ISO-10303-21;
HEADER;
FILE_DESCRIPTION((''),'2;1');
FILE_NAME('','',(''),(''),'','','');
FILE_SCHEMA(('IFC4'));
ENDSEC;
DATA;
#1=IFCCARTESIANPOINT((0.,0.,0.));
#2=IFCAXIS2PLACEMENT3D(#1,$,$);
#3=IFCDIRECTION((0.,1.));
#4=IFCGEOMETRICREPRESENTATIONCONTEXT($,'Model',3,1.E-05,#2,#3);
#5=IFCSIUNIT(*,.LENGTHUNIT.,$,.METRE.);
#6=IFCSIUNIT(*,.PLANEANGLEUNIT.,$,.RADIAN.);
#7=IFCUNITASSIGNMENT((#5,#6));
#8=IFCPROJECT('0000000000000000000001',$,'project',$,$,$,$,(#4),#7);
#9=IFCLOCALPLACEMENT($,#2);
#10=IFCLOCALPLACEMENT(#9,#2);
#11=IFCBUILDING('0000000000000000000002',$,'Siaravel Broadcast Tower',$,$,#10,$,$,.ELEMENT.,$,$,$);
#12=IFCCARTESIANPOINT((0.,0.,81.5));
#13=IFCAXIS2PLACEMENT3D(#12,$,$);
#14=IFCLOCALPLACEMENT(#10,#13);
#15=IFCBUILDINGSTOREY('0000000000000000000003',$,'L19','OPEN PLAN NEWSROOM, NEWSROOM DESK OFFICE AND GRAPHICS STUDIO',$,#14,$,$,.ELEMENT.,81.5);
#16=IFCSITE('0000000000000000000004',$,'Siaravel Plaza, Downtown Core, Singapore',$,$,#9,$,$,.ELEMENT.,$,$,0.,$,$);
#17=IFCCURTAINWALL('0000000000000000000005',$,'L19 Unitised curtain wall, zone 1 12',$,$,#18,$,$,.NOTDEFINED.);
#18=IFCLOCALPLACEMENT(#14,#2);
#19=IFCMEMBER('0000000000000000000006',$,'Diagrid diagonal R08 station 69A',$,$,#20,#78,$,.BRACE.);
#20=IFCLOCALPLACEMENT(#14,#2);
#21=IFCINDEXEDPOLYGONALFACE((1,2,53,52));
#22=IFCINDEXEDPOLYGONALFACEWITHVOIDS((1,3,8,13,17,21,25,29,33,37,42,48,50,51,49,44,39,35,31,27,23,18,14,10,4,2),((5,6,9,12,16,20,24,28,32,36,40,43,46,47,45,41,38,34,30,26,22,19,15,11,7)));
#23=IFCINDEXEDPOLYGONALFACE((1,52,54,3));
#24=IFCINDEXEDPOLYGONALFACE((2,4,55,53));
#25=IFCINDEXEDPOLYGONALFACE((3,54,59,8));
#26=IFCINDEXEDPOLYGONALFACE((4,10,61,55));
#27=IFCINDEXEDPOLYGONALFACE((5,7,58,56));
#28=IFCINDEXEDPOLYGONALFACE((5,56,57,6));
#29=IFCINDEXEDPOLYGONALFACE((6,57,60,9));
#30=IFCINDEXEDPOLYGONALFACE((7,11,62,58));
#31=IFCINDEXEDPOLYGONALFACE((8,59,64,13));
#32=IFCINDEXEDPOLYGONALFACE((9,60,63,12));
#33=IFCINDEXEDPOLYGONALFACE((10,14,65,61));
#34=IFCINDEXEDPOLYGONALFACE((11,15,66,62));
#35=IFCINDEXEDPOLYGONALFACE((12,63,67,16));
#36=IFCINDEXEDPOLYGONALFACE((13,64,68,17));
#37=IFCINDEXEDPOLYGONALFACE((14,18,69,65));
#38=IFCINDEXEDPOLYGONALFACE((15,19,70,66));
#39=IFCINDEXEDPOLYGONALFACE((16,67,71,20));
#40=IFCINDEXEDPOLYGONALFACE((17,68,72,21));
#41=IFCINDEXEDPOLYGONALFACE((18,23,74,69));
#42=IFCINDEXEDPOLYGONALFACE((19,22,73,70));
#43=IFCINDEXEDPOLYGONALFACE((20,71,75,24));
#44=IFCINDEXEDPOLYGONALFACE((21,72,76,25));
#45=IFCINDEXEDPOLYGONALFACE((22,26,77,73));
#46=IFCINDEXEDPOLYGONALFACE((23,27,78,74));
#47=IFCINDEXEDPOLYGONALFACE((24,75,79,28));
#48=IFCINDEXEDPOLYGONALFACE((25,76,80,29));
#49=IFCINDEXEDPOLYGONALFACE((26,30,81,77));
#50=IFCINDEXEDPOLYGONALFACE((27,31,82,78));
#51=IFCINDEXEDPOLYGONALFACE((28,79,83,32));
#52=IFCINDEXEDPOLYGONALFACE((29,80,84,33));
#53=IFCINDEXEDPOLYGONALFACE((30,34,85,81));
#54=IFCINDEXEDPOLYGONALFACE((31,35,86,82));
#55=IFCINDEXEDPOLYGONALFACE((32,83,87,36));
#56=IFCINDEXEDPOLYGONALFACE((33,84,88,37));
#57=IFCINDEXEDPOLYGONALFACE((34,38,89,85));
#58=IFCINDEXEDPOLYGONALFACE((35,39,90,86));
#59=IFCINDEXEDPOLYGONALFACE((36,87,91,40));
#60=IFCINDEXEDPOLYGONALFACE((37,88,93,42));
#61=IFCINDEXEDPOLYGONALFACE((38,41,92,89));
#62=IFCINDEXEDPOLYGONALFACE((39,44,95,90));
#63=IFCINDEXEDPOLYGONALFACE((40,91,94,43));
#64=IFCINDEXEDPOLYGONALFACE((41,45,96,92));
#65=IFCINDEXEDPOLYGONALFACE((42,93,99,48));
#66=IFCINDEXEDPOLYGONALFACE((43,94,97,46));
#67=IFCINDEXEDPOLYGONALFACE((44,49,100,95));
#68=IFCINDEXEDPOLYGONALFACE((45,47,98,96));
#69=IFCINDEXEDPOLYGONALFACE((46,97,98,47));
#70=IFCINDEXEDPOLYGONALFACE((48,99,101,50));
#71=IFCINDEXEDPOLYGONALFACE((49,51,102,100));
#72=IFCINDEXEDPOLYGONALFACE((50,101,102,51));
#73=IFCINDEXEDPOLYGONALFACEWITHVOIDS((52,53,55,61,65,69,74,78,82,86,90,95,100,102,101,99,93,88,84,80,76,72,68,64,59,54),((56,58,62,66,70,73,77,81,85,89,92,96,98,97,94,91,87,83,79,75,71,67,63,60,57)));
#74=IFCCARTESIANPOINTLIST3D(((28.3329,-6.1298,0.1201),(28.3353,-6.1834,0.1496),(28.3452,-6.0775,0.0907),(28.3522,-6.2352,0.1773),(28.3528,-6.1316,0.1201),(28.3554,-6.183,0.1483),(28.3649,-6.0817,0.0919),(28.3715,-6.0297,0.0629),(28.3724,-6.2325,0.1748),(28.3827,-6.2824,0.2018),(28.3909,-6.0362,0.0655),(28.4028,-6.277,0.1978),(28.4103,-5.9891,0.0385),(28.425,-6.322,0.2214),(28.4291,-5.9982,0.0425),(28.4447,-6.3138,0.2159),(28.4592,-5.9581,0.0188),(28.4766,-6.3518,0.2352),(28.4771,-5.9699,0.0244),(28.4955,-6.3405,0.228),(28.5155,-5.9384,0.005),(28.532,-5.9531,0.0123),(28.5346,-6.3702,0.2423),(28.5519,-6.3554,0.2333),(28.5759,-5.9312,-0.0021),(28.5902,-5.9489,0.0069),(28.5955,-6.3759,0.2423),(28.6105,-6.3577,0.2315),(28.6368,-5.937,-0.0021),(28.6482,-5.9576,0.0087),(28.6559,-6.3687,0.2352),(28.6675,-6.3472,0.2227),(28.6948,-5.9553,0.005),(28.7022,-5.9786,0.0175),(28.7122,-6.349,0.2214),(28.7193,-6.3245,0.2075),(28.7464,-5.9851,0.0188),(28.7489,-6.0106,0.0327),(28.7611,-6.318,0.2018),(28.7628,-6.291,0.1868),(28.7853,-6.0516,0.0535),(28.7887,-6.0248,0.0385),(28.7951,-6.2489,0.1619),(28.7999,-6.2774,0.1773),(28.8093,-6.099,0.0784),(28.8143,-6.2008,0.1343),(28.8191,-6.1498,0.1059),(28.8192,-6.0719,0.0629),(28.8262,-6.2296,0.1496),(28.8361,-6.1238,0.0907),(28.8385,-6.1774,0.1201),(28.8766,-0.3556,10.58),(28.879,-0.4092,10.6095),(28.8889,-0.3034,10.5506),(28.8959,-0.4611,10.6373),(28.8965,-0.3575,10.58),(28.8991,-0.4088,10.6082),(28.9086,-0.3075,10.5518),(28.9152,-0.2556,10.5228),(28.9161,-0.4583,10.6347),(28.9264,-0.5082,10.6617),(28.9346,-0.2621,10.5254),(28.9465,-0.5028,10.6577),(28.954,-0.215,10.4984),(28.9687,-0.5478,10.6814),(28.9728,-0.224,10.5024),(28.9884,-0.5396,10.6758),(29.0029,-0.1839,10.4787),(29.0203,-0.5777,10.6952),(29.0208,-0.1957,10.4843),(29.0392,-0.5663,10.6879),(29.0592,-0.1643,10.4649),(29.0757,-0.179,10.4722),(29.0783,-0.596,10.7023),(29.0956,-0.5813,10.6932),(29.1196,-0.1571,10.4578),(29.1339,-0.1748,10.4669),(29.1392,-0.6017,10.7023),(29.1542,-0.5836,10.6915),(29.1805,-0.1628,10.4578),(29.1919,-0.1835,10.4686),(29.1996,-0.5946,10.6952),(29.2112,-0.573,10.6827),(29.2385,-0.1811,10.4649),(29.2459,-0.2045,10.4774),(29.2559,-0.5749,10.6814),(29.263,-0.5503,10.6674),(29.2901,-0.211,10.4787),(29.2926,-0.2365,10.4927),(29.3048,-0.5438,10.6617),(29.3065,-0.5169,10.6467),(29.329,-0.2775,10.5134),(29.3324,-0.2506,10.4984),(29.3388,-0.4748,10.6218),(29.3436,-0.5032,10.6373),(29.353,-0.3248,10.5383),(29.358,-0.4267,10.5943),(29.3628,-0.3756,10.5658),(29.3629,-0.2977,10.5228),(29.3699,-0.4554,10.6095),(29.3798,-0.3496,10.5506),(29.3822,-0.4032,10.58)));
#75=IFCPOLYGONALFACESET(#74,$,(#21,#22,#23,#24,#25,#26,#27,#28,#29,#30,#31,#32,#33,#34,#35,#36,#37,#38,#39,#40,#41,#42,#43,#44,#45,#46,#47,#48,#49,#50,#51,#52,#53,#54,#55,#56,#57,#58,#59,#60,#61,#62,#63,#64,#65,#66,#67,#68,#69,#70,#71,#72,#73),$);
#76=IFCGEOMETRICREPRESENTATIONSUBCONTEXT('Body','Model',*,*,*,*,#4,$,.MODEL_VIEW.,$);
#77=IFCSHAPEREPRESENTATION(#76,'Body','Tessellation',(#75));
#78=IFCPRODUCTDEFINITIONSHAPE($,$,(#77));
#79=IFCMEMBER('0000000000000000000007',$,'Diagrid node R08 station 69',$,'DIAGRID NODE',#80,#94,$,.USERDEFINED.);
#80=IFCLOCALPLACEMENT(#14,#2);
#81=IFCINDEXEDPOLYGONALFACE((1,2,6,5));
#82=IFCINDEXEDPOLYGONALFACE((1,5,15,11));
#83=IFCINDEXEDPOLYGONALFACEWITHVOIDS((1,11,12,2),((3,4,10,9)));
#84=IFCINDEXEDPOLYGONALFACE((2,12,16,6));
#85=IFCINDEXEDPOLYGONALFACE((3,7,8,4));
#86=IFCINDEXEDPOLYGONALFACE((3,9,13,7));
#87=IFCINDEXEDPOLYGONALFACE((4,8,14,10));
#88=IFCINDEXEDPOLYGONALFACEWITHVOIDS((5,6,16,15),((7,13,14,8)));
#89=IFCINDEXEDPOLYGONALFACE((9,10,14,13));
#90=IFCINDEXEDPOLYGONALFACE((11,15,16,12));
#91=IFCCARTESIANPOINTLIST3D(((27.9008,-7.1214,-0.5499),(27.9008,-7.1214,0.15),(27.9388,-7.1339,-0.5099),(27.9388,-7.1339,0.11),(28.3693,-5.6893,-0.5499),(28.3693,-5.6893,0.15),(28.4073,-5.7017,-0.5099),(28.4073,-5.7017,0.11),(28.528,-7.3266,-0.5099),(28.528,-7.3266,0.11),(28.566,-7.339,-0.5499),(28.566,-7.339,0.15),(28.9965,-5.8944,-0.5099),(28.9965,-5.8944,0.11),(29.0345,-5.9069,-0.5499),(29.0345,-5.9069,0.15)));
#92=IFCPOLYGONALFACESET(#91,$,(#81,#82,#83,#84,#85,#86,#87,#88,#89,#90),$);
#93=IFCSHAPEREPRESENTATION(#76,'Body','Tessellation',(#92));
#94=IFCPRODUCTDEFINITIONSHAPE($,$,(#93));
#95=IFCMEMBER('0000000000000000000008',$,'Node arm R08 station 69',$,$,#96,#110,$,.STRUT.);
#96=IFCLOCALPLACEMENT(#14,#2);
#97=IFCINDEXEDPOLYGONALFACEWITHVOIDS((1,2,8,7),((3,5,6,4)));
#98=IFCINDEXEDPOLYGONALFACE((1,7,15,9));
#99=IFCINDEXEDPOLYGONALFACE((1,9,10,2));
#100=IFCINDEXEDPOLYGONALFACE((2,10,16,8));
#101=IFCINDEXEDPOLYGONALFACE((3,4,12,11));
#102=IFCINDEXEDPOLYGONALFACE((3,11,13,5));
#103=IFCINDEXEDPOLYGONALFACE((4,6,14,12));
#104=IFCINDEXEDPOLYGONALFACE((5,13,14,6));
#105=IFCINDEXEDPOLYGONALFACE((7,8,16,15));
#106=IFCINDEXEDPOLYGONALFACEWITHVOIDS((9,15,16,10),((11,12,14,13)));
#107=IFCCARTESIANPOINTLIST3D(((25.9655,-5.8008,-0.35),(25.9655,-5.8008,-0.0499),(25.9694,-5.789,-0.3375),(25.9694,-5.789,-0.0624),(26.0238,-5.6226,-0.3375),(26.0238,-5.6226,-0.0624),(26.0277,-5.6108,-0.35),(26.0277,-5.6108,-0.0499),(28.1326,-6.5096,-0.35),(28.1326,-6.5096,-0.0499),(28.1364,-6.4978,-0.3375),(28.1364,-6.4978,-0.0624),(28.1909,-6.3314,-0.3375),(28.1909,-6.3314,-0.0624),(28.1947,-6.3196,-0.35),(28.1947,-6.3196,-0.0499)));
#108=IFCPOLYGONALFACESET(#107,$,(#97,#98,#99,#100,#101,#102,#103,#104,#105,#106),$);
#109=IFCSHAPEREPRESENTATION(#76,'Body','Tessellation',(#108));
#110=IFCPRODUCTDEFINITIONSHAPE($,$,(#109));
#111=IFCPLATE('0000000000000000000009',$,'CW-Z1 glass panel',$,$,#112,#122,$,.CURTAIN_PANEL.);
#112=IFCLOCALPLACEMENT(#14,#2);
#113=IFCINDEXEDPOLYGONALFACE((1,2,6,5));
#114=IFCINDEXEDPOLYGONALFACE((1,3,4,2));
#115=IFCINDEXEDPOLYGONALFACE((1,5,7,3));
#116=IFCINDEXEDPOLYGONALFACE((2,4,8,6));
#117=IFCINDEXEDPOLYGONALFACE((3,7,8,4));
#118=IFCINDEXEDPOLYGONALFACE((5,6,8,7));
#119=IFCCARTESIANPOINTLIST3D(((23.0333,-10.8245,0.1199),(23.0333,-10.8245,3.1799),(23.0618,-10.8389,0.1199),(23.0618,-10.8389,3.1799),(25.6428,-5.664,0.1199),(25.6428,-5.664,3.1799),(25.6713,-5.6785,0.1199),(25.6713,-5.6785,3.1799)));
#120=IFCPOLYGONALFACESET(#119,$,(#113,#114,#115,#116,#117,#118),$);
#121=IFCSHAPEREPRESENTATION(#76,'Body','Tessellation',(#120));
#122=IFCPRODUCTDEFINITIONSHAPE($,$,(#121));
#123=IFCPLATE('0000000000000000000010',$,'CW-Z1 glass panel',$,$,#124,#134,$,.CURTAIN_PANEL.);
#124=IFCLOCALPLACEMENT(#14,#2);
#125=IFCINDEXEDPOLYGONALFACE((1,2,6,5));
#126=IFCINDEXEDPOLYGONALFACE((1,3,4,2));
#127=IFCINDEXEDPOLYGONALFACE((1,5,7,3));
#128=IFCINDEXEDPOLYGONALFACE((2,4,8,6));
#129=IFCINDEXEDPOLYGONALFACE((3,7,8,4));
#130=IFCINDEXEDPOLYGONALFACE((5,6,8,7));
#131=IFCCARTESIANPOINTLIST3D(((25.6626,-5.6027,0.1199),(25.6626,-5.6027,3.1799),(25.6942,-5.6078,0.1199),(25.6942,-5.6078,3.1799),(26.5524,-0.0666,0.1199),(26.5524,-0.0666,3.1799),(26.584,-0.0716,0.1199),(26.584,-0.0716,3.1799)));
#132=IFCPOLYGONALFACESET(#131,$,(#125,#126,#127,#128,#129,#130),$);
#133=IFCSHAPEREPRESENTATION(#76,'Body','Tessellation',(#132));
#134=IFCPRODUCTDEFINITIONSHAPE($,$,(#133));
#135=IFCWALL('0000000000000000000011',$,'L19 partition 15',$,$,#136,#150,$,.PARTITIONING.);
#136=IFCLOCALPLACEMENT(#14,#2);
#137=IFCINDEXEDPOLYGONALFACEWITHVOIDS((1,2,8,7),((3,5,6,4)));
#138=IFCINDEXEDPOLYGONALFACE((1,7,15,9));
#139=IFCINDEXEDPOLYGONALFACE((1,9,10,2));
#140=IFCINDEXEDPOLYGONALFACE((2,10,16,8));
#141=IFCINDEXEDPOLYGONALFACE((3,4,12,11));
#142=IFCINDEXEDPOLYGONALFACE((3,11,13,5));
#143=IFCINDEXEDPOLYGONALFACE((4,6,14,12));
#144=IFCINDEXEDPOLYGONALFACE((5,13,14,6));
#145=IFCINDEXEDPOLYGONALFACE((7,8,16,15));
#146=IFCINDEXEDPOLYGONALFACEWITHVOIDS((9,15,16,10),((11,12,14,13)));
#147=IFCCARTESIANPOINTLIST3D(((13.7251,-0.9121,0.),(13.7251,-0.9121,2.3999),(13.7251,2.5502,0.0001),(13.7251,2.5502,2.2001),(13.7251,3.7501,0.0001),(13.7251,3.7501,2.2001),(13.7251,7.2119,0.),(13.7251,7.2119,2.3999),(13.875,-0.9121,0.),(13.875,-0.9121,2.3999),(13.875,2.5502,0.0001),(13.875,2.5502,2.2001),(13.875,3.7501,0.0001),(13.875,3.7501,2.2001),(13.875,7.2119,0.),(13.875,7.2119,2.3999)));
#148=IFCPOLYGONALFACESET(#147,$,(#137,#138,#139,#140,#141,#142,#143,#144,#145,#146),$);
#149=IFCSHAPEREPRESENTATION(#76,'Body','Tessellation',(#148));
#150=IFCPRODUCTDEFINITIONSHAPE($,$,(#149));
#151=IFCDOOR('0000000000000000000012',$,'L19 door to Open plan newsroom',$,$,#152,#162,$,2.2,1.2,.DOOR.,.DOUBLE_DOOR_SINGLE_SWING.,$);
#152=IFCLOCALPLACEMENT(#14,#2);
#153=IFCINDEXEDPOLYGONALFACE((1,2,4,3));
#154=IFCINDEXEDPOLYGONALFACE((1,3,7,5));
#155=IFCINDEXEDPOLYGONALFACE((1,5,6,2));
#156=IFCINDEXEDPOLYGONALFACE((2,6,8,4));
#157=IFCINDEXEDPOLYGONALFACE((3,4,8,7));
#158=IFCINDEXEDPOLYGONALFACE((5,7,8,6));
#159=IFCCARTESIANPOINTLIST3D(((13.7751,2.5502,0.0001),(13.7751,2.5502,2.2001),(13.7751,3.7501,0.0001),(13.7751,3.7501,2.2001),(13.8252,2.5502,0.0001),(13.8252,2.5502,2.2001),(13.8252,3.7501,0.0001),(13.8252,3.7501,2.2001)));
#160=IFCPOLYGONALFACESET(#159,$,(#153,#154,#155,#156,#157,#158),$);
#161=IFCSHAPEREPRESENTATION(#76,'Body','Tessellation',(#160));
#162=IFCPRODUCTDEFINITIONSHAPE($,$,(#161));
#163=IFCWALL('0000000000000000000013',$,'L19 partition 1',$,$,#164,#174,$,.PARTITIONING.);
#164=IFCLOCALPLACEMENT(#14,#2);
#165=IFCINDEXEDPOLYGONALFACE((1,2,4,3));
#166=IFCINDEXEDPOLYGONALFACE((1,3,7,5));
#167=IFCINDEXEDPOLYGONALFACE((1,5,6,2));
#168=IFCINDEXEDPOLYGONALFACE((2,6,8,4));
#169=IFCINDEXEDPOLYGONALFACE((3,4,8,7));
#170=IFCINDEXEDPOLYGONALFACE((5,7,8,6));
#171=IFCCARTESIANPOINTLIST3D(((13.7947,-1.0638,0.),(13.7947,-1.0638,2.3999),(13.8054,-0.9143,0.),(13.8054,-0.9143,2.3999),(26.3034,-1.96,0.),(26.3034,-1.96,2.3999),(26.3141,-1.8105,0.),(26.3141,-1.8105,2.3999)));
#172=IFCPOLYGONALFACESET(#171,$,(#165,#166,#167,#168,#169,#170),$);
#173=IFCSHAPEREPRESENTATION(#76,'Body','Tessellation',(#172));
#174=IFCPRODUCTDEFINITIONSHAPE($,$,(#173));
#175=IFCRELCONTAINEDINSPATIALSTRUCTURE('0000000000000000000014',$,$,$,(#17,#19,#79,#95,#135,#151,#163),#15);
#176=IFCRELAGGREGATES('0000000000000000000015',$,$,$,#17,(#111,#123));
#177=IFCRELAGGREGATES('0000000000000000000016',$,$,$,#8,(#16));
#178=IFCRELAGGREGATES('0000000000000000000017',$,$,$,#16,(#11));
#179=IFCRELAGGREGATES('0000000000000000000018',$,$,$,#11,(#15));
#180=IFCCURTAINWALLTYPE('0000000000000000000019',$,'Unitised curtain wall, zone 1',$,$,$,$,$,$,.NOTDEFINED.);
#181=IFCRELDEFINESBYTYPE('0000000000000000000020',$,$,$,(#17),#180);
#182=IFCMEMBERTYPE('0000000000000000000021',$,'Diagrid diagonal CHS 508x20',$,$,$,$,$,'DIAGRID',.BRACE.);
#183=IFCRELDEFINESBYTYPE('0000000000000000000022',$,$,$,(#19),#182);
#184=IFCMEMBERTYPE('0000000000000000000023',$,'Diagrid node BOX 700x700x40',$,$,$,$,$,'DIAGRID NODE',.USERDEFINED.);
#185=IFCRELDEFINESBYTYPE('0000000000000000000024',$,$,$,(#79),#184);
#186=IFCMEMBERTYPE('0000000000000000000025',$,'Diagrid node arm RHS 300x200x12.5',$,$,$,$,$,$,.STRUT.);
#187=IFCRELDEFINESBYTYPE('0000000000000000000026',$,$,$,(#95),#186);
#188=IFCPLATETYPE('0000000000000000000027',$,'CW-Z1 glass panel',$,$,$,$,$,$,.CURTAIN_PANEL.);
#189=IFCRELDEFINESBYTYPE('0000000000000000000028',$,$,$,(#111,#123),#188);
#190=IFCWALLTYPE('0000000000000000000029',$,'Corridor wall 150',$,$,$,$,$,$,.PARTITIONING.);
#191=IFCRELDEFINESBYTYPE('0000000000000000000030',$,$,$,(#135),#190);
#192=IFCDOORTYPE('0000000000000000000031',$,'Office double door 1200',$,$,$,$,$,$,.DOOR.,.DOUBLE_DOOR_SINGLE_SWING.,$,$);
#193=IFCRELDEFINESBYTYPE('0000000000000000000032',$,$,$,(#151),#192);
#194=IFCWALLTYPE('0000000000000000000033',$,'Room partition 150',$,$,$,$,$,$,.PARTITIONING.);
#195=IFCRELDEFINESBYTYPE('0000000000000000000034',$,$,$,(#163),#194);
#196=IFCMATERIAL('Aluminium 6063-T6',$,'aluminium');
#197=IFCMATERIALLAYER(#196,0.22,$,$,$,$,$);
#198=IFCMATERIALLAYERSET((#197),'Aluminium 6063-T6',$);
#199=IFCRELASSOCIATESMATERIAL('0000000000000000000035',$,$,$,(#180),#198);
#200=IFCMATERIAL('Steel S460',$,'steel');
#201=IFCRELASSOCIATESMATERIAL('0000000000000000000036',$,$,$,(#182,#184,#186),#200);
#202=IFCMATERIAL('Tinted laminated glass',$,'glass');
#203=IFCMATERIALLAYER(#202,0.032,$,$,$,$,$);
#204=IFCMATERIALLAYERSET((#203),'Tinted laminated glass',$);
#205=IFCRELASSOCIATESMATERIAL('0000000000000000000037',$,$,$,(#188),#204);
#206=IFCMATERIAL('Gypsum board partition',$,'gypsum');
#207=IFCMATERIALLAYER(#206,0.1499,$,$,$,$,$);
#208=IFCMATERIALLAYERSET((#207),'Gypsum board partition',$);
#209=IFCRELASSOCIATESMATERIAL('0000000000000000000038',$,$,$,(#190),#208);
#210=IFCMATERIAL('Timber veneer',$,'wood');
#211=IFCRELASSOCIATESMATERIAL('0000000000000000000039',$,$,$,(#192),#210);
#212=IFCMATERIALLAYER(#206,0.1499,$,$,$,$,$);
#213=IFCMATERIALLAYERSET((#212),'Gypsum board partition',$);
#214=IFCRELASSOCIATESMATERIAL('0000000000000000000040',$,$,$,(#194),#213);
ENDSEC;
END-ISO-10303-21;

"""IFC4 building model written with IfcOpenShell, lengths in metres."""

from ifc_helpers import new_model, si_unit, direction, frame, frame_2d, origin, origin_2d, place, context, subcontext, project, spatial, rectangle, hollow_rectangle, hollow_circle, extrude, material, layer, layer_set, material_profile, profile_set, type_object, element, fill, aggregate, save


model = new_model("IFC4")

# Units and contexts
model_context = context("Model", 3, precision=1e-05, world=origin(), true_north=direction((0.0, 1.0)))
body_context = subcontext(model_context, "Body", "Model", "MODEL_VIEW")
ifc_project = project(units=[si_unit("LENGTHUNIT", "METRE"), si_unit("PLANEANGLEUNIT", "RADIAN")], contexts=[model_context])

# Site, building, storey
site_placement = place(None, origin())
site = spatial("IfcSite", under=ifc_project, at=site_placement, Name="Siaravel Plaza, Downtown Core, Singapore", CompositionType="ELEMENT", RefElevation=0.0)
building_placement = place(site_placement, origin())
building = spatial("IfcBuilding", under=site, at=building_placement, Name="Siaravel Broadcast Tower", CompositionType="ELEMENT")
storey_placement = place(building_placement, frame((0.0, 0.0, 81.5)))
storey = spatial("IfcBuildingStorey", under=building, at=storey_placement, Name="L19", Description="OPEN PLAN NEWSROOM, NEWSROOM DESK OFFICE AND GRAPHICS STUDIO", CompositionType="ELEMENT", Elevation=81.5)

# Curtain wall
ifc_material_1 = material(Name="Aluminium 6063-T6", Category="aluminium")
ifc_layer_1 = layer(ifc_material_1, 0.22)
ifc_layer_set_1 = layer_set([ifc_layer_1], Name="Aluminium 6063-T6")
curtain_wall_type = type_object("IfcCurtainWallType", Name="Unitised curtain wall, zone 1", PredefinedType="NOTDEFINED", material=ifc_layer_set_1)
curtain_wall_placement = place(storey_placement, origin())
curtain_wall = element("IfcCurtainWall", 1, at=curtain_wall_placement, inside=storey, type_object=curtain_wall_type, Name="L19 Unitised curtain wall, zone 1 12", PredefinedType="NOTDEFINED")

# Members
ifc_material_2 = material(Name="Steel S460", Category="steel")
ifc_material_profile_1 = material_profile(ifc_material_2, hollow_circle(Radius=0.2539, WallThickness=0.02, at=origin_2d()))
ifc_profile_set_1 = profile_set([ifc_material_profile_1], Name="Steel S460")
member_type_1 = type_object("IfcMemberType", Name="Diagrid diagonal CHS 508x20", ElementType="DIAGRID", PredefinedType="BRACE", material=ifc_profile_set_1)
member_1_placement = place(storey_placement, frame((28.5857, -6.1536, 0.1201), z_axis=(0.045459, 0.48278, 0.874561), x_axis=(-0.995596, 0.093746, 0.0)))
element("IfcMember", 2, at=member_1_placement, inside=storey, type_object=member_type_1, Name="Diagrid diagonal R08 station 69A", PredefinedType="BRACE", context=body_context, shape_type="SweptSolid", body=[
    extrude(hollow_circle(Radius=0.2539, WallThickness=0.02, at=origin_2d()), origin(), (0.0, 0.0, 1.0), 11.9602),
])
ifc_material_profile_2 = material_profile(ifc_material_2, hollow_rectangle(XDim=0.7, YDim=0.7, WallThickness=0.04, at=origin_2d()))
ifc_profile_set_2 = profile_set([ifc_material_profile_2], Name="Steel S460")
member_type_2 = type_object("IfcMemberType", Name="Diagrid node BOX 700x700x40", ElementType="DIAGRID NODE", PredefinedType="USERDEFINED", material=ifc_profile_set_2)
member_2_placement = place(storey_placement, frame((28.2334, -7.2302, -0.2), z_axis=(0.310925, 0.950435, 0.0), x_axis=(-0.950435, 0.310925, 0.0)))
element("IfcMember", 3, at=member_2_placement, inside=storey, type_object=member_type_2, Name="Diagrid node R08 station 69", ObjectType="DIAGRID NODE", PredefinedType="USERDEFINED", context=body_context, shape_type="SweptSolid", body=[
    extrude(hollow_rectangle(XDim=0.7, YDim=0.7, WallThickness=0.04, at=origin_2d()), origin(), (0.0, 0.0, 1.0), 1.5068),
])
ifc_material_profile_3 = material_profile(ifc_material_2, hollow_rectangle(XDim=0.2, YDim=0.3, WallThickness=0.0125, at=origin_2d()))
ifc_profile_set_3 = profile_set([ifc_material_profile_3], Name="Steel S460")
member_type_3 = type_object("IfcMemberType", Name="Diagrid node arm RHS 300x200x12.5", PredefinedType="STRUT", material=ifc_profile_set_3)
member_3_placement = place(storey_placement, frame((25.9966, -5.7058, -0.2), z_axis=(0.950456, -0.310858, 0.0), x_axis=(0.310858, 0.950456, 0.0)))
element("IfcMember", 4, at=member_3_placement, inside=storey, type_object=member_type_3, Name="Node arm R08 station 69", PredefinedType="STRUT", context=body_context, shape_type="SweptSolid", body=[
    extrude(hollow_rectangle(XDim=0.2, YDim=0.3, WallThickness=0.0125, at=origin_2d()), origin(), (0.0, 0.0, 1.0), 2.28),
])

# Plates
ifc_material_3 = material(Name="Tinted laminated glass", Category="glass")
ifc_layer_2 = layer(ifc_material_3, 0.032)
ifc_layer_set_2 = layer_set([ifc_layer_2], Name="Tinted laminated glass")
plate_type = type_object("IfcPlateType", Name="CW-Z1 glass panel", PredefinedType="CURTAIN_PANEL", material=ifc_layer_set_2)
plate_1_placement = place(storey_placement, frame((24.3523, -8.2515, 0.1199), z_axis=(0.0, 0.0, 1.0), x_axis=(0.451261, 0.892392, 0.0)))
plate_1 = element("IfcPlate", 5, at=plate_1_placement, type_object=plate_type, Name="CW-Z1 glass panel", PredefinedType="CURTAIN_PANEL", context=body_context, shape_type="SweptSolid", body=[
    extrude(rectangle(XDim=5.7827, YDim=0.032, at=origin_2d()), origin(), (0.0, 0.0, 1.0), 3.0601),
])
plate_2_placement = place(storey_placement, frame((26.1233, -2.8372, 0.1199), z_axis=(0.0, 0.0, 1.0), x_axis=(0.158685, 0.987329, 0.0)))
plate_2 = element("IfcPlate", 6, at=plate_2_placement, type_object=plate_type, Name="CW-Z1 glass panel", PredefinedType="CURTAIN_PANEL", context=body_context, shape_type="SweptSolid", body=[
    extrude(rectangle(XDim=5.6072, YDim=0.032, at=origin_2d()), origin(), (0.0, 0.0, 1.0), 3.0601),
])
aggregate(curtain_wall, [plate_1, plate_2])

# Wall, opening, door
ifc_material_4 = material(Name="Gypsum board partition", Category="gypsum")
ifc_layer_3 = layer(ifc_material_4, 0.1499)
ifc_layer_set_3 = layer_set([ifc_layer_3], Name="Gypsum board partition")
wall_type_1 = type_object("IfcWallType", Name="Corridor wall 150", PredefinedType="PARTITIONING", material=ifc_layer_set_3)
wall_1_placement = place(storey_placement, frame((13.8, -0.9121, 0.0), z_axis=(0.0, 0.0, 1.0), x_axis=(0.0, 1.0, 0.0)))
wall_1 = element("IfcWall", 7, at=wall_1_placement, inside=storey, type_object=wall_type_1, Name="L19 partition 15", PredefinedType="PARTITIONING", context=body_context, shape_type="SweptSolid", body=[
    extrude(rectangle(XDim=8.124, YDim=0.1499, at=frame_2d((4.062, 0.0))), origin(), (0.0, 0.0, 1.0), 2.3999),
])
opening_placement = place(wall_1_placement, frame((3.4622, 0.0, 0.0)))
opening = element("IfcOpeningElement", 8, at=opening_placement, cuts=wall_1, PredefinedType="OPENING", context=body_context, shape_type="SweptSolid", body=[
    extrude(rectangle(XDim=1.2, YDim=2.2, at=frame_2d((0.6001, 1.1001))), frame((0.0, 0.085, 0.0), z_axis=(0.0, -1.0, 0.0), x_axis=(1.0, 0.0, 0.0)), (0.0, 0.0, 1.0), 0.1699),
])
ifc_material_5 = material(Name="Timber veneer", Category="wood")
door_type = type_object("IfcDoorType", Name="Office double door 1200", OperationType="DOUBLE_DOOR_SINGLE_SWING", PredefinedType="DOOR", material=ifc_material_5)
door_placement = place(opening_placement, origin())
door = element("IfcDoor", 9, at=door_placement, inside=storey, type_object=door_type, Name="L19 door to Open plan newsroom", OperationType="DOUBLE_DOOR_SINGLE_SWING", OverallHeight=2.2, OverallWidth=1.2, PredefinedType="DOOR", context=body_context, shape_type="SweptSolid", body=[
    extrude(rectangle(XDim=1.2, YDim=2.2, at=frame_2d((0.6001, 1.1001))), frame((0.0, 0.0249, 0.0), z_axis=(0.0, -1.0, 0.0), x_axis=(1.0, 0.0, 0.0)), (0.0, 0.0, 1.0), 0.05),
])
fill(opening, door)

# Wall
ifc_layer_4 = layer(ifc_material_4, 0.1499)
ifc_layer_set_4 = layer_set([ifc_layer_4], Name="Gypsum board partition")
wall_type_2 = type_object("IfcWallType", Name="Room partition 150", PredefinedType="PARTITIONING", material=ifc_layer_set_4)
wall_2_placement = place(storey_placement, frame((26.3088, -1.8853, 0.0), z_axis=(0.0, 0.0, 1.0), x_axis=(-0.997443, 0.071466, 0.0)))
element("IfcWall", 10, at=wall_2_placement, inside=storey, type_object=wall_type_2, Name="L19 partition 1", PredefinedType="PARTITIONING", context=body_context, shape_type="SweptSolid", body=[
    extrude(rectangle(XDim=12.5408, YDim=0.1499, at=frame_2d((6.2705, 0.0))), origin(), (0.0, 0.0, 1.0), 2.3999),
])

save(model, "model.ifc")
